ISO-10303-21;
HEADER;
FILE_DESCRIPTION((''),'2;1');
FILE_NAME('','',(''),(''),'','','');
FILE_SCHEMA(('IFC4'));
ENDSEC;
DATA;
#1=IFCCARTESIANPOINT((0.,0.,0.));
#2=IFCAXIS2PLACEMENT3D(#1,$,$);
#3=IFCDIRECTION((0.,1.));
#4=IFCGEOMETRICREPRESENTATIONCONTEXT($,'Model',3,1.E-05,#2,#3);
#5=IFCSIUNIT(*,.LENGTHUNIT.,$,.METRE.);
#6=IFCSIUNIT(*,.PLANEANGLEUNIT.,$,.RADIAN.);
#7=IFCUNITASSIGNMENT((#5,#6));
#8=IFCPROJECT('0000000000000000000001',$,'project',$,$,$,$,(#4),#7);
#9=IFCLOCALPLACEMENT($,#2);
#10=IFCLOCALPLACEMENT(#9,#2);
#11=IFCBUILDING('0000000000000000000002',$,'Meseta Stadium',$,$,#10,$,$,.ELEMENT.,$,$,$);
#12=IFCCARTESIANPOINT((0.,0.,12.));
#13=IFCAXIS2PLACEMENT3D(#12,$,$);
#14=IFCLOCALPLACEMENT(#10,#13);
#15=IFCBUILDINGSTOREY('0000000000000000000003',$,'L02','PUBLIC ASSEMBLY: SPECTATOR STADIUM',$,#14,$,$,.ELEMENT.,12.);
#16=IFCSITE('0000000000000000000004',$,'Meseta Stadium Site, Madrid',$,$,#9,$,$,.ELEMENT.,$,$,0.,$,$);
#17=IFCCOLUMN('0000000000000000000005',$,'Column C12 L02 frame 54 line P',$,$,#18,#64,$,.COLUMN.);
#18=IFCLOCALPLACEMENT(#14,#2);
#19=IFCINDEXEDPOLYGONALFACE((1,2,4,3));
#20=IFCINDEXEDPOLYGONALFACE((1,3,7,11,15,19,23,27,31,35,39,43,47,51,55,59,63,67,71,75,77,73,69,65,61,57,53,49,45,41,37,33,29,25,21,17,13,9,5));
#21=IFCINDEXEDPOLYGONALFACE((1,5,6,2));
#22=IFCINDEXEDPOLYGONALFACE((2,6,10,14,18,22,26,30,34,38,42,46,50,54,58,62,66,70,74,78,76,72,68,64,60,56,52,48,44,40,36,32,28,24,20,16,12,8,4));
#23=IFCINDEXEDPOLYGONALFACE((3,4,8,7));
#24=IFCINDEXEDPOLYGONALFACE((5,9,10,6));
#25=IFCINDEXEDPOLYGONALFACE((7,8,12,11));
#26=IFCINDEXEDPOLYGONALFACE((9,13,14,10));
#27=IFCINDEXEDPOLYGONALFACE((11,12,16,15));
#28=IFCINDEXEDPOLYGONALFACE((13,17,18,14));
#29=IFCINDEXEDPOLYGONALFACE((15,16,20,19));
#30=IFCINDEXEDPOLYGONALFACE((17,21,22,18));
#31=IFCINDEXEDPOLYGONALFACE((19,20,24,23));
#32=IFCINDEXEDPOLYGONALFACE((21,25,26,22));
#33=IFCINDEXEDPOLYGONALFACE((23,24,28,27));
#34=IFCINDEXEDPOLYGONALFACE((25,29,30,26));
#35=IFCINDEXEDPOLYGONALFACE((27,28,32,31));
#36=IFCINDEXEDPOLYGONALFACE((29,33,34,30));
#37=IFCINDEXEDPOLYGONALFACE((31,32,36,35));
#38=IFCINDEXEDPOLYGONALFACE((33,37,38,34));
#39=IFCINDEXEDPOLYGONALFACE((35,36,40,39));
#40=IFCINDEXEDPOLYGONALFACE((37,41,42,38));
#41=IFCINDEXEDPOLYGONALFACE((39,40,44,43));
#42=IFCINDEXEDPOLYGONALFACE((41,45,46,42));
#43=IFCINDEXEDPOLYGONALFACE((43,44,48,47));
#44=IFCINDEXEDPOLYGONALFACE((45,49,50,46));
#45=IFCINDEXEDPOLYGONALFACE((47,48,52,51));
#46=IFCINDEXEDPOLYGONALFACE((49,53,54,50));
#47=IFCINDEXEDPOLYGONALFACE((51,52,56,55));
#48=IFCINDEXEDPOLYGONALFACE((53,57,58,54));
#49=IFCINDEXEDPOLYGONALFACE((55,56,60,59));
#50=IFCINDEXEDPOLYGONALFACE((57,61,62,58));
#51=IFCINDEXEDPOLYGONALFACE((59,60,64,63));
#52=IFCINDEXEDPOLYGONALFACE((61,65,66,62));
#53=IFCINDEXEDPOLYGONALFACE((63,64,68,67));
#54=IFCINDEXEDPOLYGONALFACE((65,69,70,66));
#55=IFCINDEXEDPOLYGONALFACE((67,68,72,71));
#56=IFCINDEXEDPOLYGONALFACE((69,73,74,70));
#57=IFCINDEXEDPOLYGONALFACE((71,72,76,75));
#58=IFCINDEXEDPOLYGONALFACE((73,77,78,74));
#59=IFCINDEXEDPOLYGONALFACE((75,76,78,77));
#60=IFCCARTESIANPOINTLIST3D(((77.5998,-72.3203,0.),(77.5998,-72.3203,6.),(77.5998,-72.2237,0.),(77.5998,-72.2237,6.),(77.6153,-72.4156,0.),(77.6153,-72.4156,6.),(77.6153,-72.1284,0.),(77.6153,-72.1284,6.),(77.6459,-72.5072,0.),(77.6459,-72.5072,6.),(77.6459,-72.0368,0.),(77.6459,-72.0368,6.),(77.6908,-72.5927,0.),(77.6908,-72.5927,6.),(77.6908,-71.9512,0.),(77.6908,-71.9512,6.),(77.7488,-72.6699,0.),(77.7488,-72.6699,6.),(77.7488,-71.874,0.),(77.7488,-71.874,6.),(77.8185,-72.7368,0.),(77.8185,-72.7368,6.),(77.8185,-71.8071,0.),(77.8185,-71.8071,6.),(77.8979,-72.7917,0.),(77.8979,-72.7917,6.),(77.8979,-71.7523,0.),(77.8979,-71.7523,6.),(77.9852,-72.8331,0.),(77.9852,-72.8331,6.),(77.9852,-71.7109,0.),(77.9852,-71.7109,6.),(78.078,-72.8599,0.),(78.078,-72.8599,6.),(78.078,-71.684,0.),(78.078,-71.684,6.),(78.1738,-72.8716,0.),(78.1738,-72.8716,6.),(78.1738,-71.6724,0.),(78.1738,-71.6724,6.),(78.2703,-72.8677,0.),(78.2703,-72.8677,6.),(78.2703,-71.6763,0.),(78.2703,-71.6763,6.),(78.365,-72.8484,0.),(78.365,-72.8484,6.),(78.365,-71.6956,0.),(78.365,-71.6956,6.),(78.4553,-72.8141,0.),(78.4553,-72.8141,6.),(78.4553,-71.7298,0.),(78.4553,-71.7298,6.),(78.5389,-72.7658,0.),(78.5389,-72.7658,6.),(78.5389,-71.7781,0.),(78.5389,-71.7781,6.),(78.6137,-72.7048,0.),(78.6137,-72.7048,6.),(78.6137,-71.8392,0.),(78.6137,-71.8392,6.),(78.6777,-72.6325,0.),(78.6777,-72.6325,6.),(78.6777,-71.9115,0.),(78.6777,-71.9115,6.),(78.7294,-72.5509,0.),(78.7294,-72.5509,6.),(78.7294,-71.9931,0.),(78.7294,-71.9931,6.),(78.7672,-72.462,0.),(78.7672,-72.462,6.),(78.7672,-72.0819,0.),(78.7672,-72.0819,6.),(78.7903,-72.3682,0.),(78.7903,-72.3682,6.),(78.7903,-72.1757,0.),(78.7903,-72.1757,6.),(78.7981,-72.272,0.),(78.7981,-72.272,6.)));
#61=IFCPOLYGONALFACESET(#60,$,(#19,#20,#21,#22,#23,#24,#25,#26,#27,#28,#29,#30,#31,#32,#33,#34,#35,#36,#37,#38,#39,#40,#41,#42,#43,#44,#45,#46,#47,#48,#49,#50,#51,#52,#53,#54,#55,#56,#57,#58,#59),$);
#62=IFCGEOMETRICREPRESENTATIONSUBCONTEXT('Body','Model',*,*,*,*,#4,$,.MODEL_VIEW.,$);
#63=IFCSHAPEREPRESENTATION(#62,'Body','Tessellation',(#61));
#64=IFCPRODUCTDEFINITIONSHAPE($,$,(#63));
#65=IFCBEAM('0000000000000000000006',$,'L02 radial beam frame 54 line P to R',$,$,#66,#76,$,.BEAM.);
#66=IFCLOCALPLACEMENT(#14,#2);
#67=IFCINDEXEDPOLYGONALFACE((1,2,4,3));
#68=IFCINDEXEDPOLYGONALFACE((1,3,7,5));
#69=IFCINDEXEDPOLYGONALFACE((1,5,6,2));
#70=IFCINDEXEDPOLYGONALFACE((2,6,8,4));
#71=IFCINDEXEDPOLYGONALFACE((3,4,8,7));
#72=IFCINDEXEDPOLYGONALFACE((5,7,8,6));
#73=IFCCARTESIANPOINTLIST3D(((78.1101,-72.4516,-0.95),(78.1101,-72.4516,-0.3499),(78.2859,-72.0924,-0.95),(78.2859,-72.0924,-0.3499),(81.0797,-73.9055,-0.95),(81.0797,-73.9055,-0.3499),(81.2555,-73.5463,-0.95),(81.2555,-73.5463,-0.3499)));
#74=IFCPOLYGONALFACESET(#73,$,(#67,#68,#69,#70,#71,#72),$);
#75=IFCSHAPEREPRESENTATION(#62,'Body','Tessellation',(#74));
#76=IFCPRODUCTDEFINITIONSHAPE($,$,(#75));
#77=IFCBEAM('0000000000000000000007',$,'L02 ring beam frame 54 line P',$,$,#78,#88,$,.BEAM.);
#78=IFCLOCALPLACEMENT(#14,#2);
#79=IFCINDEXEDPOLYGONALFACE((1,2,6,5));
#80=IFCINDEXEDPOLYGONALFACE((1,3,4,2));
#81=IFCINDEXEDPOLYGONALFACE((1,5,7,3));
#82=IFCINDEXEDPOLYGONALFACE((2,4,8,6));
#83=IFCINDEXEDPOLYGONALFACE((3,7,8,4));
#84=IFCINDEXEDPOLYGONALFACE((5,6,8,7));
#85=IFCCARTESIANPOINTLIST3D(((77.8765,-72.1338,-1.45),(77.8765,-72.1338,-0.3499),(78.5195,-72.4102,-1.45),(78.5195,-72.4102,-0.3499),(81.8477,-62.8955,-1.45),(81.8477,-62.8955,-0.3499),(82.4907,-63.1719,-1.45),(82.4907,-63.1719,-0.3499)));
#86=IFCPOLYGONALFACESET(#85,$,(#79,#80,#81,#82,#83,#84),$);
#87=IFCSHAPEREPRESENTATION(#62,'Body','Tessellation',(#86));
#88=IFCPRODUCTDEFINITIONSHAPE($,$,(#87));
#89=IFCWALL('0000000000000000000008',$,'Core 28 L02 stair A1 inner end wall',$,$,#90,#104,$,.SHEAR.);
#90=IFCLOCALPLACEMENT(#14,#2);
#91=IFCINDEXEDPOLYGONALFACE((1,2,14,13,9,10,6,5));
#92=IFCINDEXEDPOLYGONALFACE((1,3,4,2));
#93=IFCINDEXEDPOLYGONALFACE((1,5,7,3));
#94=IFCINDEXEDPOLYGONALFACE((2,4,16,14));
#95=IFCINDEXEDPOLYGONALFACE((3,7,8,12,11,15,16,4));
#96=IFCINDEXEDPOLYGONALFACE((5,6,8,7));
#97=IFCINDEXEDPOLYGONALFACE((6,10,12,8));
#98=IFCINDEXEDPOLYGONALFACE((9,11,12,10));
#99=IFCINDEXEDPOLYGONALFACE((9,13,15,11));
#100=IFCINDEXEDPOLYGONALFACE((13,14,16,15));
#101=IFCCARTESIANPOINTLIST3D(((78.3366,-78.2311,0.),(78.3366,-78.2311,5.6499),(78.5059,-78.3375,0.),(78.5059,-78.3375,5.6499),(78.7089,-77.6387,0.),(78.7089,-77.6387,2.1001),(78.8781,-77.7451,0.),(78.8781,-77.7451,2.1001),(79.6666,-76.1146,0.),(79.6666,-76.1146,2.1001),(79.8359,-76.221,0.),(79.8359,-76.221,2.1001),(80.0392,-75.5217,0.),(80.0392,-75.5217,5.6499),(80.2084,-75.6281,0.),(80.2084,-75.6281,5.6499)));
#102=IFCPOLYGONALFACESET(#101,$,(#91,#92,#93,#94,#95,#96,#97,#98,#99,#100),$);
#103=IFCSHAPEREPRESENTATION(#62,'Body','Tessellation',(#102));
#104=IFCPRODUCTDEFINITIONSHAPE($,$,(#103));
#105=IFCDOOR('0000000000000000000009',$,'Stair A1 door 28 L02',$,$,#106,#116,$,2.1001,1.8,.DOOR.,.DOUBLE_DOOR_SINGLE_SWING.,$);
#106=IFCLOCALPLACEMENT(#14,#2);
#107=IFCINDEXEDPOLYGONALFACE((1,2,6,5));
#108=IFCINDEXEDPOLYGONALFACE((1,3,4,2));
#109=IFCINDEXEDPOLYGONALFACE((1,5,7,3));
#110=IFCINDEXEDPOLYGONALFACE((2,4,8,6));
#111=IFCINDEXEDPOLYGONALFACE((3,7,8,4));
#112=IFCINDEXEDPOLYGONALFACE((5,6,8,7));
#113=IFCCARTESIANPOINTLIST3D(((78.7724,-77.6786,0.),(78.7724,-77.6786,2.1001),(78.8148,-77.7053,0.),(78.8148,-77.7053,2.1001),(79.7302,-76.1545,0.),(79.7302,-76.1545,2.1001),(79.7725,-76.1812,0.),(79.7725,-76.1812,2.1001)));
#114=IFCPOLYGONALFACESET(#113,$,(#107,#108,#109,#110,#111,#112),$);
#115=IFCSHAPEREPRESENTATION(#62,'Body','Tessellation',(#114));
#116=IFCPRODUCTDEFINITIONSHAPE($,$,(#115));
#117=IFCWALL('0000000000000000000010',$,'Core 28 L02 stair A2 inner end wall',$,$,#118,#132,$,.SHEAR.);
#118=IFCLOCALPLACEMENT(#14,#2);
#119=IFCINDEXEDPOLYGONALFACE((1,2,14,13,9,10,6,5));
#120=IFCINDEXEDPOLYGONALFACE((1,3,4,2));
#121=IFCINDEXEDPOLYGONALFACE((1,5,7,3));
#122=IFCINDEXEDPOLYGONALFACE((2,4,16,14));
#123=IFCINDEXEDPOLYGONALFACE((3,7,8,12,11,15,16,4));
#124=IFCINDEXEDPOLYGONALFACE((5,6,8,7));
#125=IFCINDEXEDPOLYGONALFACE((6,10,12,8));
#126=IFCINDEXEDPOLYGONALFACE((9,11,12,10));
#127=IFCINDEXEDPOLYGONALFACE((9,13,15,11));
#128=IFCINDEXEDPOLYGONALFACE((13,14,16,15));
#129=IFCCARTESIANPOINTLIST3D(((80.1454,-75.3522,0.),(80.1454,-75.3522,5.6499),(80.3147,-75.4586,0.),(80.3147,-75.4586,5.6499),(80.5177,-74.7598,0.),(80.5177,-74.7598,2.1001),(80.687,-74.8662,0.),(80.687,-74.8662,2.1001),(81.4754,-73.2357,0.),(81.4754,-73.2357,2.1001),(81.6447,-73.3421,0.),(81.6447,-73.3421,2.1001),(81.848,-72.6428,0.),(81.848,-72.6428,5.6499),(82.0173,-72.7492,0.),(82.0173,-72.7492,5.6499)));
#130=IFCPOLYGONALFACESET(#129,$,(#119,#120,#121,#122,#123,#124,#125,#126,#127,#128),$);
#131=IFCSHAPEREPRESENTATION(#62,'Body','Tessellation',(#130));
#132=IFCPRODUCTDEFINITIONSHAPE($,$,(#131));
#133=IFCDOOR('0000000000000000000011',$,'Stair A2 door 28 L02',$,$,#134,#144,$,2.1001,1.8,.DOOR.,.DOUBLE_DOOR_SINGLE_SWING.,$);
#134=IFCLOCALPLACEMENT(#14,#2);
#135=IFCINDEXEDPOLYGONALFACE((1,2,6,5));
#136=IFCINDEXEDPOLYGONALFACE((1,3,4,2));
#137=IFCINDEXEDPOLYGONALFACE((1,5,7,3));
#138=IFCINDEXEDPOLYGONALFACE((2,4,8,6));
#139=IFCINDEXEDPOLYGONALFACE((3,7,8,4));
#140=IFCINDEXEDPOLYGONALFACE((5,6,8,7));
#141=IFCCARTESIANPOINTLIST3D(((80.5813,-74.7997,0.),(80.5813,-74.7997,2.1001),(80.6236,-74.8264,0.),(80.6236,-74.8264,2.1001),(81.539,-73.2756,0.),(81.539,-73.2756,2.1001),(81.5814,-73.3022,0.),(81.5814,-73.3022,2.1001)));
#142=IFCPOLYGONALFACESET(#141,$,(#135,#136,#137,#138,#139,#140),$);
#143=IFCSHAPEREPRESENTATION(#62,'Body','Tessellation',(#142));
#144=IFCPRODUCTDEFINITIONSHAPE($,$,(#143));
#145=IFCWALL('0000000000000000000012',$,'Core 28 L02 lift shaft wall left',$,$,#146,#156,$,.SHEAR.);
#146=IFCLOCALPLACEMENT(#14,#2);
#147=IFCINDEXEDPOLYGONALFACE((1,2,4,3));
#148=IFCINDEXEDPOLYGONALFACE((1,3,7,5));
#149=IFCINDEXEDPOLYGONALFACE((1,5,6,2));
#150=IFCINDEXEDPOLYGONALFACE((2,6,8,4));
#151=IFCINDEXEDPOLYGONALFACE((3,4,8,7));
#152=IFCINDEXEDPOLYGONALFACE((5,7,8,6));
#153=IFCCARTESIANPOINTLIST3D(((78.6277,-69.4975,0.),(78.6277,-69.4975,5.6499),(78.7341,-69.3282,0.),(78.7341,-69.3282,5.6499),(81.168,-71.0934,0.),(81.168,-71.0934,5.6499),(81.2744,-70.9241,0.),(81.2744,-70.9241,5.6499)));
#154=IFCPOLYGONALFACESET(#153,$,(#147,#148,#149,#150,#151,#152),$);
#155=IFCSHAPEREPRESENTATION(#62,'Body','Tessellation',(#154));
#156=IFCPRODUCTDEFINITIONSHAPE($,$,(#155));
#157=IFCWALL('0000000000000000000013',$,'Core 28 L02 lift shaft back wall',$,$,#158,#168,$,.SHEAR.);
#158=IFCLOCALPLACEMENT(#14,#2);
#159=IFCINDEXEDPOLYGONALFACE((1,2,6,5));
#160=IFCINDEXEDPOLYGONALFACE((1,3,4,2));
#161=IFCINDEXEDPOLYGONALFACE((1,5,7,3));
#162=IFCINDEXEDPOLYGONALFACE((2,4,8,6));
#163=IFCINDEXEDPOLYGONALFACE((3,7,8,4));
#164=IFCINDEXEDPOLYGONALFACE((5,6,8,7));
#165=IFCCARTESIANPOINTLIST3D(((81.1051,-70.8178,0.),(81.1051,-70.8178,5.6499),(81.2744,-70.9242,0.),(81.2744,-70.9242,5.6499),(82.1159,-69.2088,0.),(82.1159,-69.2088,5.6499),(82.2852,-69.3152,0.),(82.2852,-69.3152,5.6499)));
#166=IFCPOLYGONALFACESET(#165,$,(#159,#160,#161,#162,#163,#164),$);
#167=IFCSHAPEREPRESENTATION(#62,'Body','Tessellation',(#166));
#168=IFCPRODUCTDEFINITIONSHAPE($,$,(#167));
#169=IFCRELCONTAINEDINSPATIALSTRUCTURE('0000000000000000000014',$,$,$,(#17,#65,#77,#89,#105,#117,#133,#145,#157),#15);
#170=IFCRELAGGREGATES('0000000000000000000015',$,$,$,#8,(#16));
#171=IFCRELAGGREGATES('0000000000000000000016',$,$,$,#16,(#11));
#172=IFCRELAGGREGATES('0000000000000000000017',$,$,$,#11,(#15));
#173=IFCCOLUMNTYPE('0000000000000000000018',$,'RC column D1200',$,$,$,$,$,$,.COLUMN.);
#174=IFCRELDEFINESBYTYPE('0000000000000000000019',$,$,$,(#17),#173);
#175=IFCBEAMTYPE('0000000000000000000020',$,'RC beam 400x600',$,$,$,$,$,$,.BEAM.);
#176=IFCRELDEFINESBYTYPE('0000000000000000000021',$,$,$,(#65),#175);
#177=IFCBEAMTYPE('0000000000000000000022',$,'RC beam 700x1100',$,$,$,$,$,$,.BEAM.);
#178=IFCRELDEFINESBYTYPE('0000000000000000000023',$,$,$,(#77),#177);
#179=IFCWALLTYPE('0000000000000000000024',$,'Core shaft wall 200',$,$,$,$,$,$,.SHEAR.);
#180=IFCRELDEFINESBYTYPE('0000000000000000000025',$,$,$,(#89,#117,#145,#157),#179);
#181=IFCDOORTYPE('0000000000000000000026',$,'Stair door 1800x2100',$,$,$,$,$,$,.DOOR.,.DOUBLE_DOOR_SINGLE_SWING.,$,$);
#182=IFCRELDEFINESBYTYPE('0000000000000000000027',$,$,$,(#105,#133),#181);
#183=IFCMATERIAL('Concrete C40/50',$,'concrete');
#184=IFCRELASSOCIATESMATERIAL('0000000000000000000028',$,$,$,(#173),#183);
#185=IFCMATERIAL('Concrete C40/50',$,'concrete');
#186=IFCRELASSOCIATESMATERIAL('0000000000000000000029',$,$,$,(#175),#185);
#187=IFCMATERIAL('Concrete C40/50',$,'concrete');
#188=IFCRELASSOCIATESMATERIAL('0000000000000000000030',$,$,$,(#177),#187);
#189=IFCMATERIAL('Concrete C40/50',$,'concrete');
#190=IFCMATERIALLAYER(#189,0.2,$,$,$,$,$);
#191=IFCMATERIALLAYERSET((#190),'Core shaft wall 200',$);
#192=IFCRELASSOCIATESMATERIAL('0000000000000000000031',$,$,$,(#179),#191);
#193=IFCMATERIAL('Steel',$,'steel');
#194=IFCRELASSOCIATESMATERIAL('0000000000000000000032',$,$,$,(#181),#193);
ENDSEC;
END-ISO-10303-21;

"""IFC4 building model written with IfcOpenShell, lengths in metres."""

from ifc_helpers import new_model, si_unit, direction, frame, frame_2d, origin, origin_2d, place, context, subcontext, project, spatial, rectangle, circle, extrude, material, layer, layer_set, material_profile, profile_set, type_object, element, fill, save


model = new_model("IFC4")

# Units and contexts
model_context = context("Model", 3, precision=1e-05, world=origin(), true_north=direction((0.0, 1.0)))
body_context = subcontext(model_context, "Body", "Model", "MODEL_VIEW")
ifc_project = project(units=[si_unit("LENGTHUNIT", "METRE"), si_unit("PLANEANGLEUNIT", "RADIAN")], contexts=[model_context])

# Site, building, storey
site_placement = place(None, origin())
site = spatial("IfcSite", under=ifc_project, at=site_placement, Name="Meseta Stadium Site, Madrid", CompositionType="ELEMENT", RefElevation=0.0)
building_placement = place(site_placement, origin())
building = spatial("IfcBuilding", under=site, at=building_placement, Name="Meseta Stadium", CompositionType="ELEMENT")
storey_placement = place(building_placement, frame((0.0, 0.0, 12.0)))
storey = spatial("IfcBuildingStorey", under=building, at=storey_placement, Name="L02", Description="PUBLIC ASSEMBLY: SPECTATOR STADIUM", CompositionType="ELEMENT", Elevation=12.0)

# Column
ifc_material_1 = material(Name="Concrete C40/50", Category="concrete")
ifc_material_profile_1 = material_profile(ifc_material_1, circle(Radius=0.6001, at=origin_2d()), Name="RC D1200")
ifc_profile_set_1 = profile_set([ifc_material_profile_1], Name="Concrete C40/50")
column_type = type_object("IfcColumnType", Name="RC column D1200", PredefinedType="COLUMN", material=ifc_profile_set_1)
column_placement = place(storey_placement, frame((78.198, -72.272, 0.0), z_axis=(0.0, 0.0, 1.0), x_axis=(1.0, 0.0, 0.0)))
element("IfcColumn", 1, at=column_placement, inside=storey, type_object=column_type, Name="Column C12 L02 frame 54 line P", PredefinedType="COLUMN", context=body_context, shape_type="SweptSolid", body=[
    extrude(circle(Radius=0.6001, at=origin_2d()), origin(), (0.0, 0.0, 1.0), 6.0),
])

# Beams
ifc_material_2 = material(Name="Concrete C40/50", Category="concrete")
ifc_material_profile_2 = material_profile(ifc_material_2, rectangle(XDim=0.3999, YDim=0.6001, at=origin_2d()), Name="RC 400x600")
ifc_profile_set_2 = profile_set([ifc_material_profile_2], Name="Concrete C40/50")
beam_type_1 = type_object("IfcBeamType", Name="RC beam 400x600", PredefinedType="BEAM", material=ifc_profile_set_2)
beam_1_placement = place(storey_placement, frame((78.198, -72.272, -0.6499), z_axis=(0.898132, -0.439725, 0.0), x_axis=(0.439725, 0.898132, 0.0)))
element("IfcBeam", 2, at=beam_1_placement, inside=storey, type_object=beam_type_1, Name="L02 radial beam frame 54 line P to R", PredefinedType="BEAM", context=body_context, shape_type="SweptSolid", body=[
    extrude(rectangle(XDim=0.3999, YDim=0.6001, at=origin_2d()), origin(), (0.0, 0.0, 1.0), 3.3064),
])
ifc_material_3 = material(Name="Concrete C40/50", Category="concrete")
ifc_material_profile_3 = material_profile(ifc_material_3, rectangle(XDim=0.7, YDim=1.1001, at=origin_2d()), Name="RC 700x1100")
ifc_profile_set_3 = profile_set([ifc_material_profile_3], Name="Concrete C40/50")
beam_type_2 = type_object("IfcBeamType", Name="RC beam 700x1100", PredefinedType="BEAM", material=ifc_profile_set_3)
beam_2_placement = place(storey_placement, frame((78.198, -72.272, -0.8999), z_axis=(0.394921, 0.918715, 0.0), x_axis=(-0.918715, 0.394921, 0.0)))
element("IfcBeam", 3, at=beam_2_placement, inside=storey, type_object=beam_type_2, Name="L02 ring beam frame 54 line P", PredefinedType="BEAM", context=body_context, shape_type="SweptSolid", body=[
    extrude(rectangle(XDim=0.7, YDim=1.1001, at=origin_2d()), origin(), (0.0, 0.0, 1.0), 10.0557),
])

# Walls, openings, doors
ifc_material_4 = material(Name="Concrete C40/50", Category="concrete")
ifc_layer_1 = layer(ifc_material_4, 0.2)
ifc_layer_set_1 = layer_set([ifc_layer_1], Name="Core shaft wall 200")
wall_type_1 = type_object("IfcWallType", Name="Core shaft wall 200", PredefinedType="SHEAR", material=ifc_layer_set_1)
wall_1_placement = place(storey_placement, frame((78.4211, -78.2844, 0.0), z_axis=(0.0, 0.0, 1.0), x_axis=(0.532068, 0.846701, 0.0)))
wall_1 = element("IfcWall", 4, at=wall_1_placement, inside=storey, type_object=wall_type_1, Name="Core 28 L02 stair A1 inner end wall", PredefinedType="SHEAR", context=body_context, shape_type="SweptSolid", body=[
    extrude(rectangle(XDim=3.2, YDim=0.2, at=frame_2d((1.6001, 0.0))), origin(), (0.0, 0.0, 1.0), 5.6499),
])
opening_1_placement = place(wall_1_placement, frame((0.7, 0.0, 0.0)))
opening_1 = element("IfcOpeningElement", 5, at=opening_1_placement, cuts=wall_1, PredefinedType="OPENING", context=body_context, shape_type="SweptSolid", body=[
    extrude(rectangle(XDim=1.8, YDim=2.1001, at=frame_2d((0.8999, 1.05))), frame((0.0, 0.1099, 0.0), z_axis=(0.0, -1.0, 0.0), x_axis=(1.0, 0.0, 0.0)), (0.0, 0.0, 1.0), 0.22),
])
ifc_material_5 = material(Name="Steel", Category="steel")
door_type_1 = type_object("IfcDoorType", Name="Stair door 1800x2100", OperationType="DOUBLE_DOOR_SINGLE_SWING", PredefinedType="DOOR", material=ifc_material_5)
door_1_placement = place(opening_1_placement, origin())
door_1 = element("IfcDoor", 6, at=door_1_placement, inside=storey, type_object=door_type_1, Name="Stair A1 door 28 L02", OperationType="DOUBLE_DOOR_SINGLE_SWING", OverallHeight=2.1001, OverallWidth=1.8, PredefinedType="DOOR", context=body_context, shape_type="SweptSolid", body=[
    extrude(rectangle(XDim=1.8, YDim=2.1001, at=frame_2d((0.8999, 1.05))), frame((0.0, 0.0249, 0.0), z_axis=(0.0, -1.0, 0.0), x_axis=(1.0, 0.0, 0.0)), (0.0, 0.0, 1.0), 0.05),
])
fill(opening_1, door_1)
wall_2_placement = place(storey_placement, frame((80.23, -75.4055, 0.0), z_axis=(0.0, 0.0, 1.0), x_axis=(0.532068, 0.846701, 0.0)))
wall_2 = element("IfcWall", 7, at=wall_2_placement, inside=storey, type_object=wall_type_1, Name="Core 28 L02 stair A2 inner end wall", PredefinedType="SHEAR", context=body_context, shape_type="SweptSolid", body=[
    extrude(rectangle(XDim=3.2, YDim=0.2, at=frame_2d((1.6001, 0.0))), origin(), (0.0, 0.0, 1.0), 5.6499),
])
opening_2_placement = place(wall_2_placement, frame((0.7, 0.0, 0.0)))
opening_2 = element("IfcOpeningElement", 8, at=opening_2_placement, cuts=wall_2, PredefinedType="OPENING", context=body_context, shape_type="SweptSolid", body=[
    extrude(rectangle(XDim=1.8, YDim=2.1001, at=frame_2d((0.8999, 1.05))), frame((0.0, 0.1099, 0.0), z_axis=(0.0, -1.0, 0.0), x_axis=(1.0, 0.0, 0.0)), (0.0, 0.0, 1.0), 0.22),
])
door_2_placement = place(opening_2_placement, origin())
door_2 = element("IfcDoor", 9, at=door_2_placement, inside=storey, type_object=door_type_1, Name="Stair A2 door 28 L02", OperationType="DOUBLE_DOOR_SINGLE_SWING", OverallHeight=2.1001, OverallWidth=1.8, PredefinedType="DOOR", context=body_context, shape_type="SweptSolid", body=[
    extrude(rectangle(XDim=1.8, YDim=2.1001, at=frame_2d((0.8999, 1.05))), frame((0.0, 0.0249, 0.0), z_axis=(0.0, -1.0, 0.0), x_axis=(1.0, 0.0, 0.0)), (0.0, 0.0, 1.0), 0.05),
])
fill(opening_2, door_2)

# Walls
wall_3_placement = place(storey_placement, frame((81.2212, -71.0088, 0.0), z_axis=(0.0, 0.0, 1.0), x_axis=(-0.846757, 0.53198, 0.0)))
element("IfcWall", 10, at=wall_3_placement, inside=storey, type_object=wall_type_1, Name="Core 28 L02 lift shaft wall left", PredefinedType="SHEAR", context=body_context, shape_type="SweptSolid", body=[
    extrude(rectangle(XDim=3.0, YDim=0.2, at=frame_2d((1.5, 0.0))), origin(), (0.0, 0.0, 1.0), 5.6499),
])
wall_4_placement = place(storey_placement, frame((81.1897, -70.8711, 0.0), z_axis=(0.0, 0.0, 1.0), x_axis=(0.531961, 0.846769, 0.0)))
element("IfcWall", 11, at=wall_4_placement, inside=storey, type_object=wall_type_1, Name="Core 28 L02 lift shaft back wall", PredefinedType="SHEAR", context=body_context, shape_type="SweptSolid", body=[
    extrude(rectangle(XDim=1.9001, YDim=0.2, at=frame_2d((0.9502, 0.0))), origin(), (0.0, 0.0, 1.0), 5.6499),
])

save(model, "model.ifc")
